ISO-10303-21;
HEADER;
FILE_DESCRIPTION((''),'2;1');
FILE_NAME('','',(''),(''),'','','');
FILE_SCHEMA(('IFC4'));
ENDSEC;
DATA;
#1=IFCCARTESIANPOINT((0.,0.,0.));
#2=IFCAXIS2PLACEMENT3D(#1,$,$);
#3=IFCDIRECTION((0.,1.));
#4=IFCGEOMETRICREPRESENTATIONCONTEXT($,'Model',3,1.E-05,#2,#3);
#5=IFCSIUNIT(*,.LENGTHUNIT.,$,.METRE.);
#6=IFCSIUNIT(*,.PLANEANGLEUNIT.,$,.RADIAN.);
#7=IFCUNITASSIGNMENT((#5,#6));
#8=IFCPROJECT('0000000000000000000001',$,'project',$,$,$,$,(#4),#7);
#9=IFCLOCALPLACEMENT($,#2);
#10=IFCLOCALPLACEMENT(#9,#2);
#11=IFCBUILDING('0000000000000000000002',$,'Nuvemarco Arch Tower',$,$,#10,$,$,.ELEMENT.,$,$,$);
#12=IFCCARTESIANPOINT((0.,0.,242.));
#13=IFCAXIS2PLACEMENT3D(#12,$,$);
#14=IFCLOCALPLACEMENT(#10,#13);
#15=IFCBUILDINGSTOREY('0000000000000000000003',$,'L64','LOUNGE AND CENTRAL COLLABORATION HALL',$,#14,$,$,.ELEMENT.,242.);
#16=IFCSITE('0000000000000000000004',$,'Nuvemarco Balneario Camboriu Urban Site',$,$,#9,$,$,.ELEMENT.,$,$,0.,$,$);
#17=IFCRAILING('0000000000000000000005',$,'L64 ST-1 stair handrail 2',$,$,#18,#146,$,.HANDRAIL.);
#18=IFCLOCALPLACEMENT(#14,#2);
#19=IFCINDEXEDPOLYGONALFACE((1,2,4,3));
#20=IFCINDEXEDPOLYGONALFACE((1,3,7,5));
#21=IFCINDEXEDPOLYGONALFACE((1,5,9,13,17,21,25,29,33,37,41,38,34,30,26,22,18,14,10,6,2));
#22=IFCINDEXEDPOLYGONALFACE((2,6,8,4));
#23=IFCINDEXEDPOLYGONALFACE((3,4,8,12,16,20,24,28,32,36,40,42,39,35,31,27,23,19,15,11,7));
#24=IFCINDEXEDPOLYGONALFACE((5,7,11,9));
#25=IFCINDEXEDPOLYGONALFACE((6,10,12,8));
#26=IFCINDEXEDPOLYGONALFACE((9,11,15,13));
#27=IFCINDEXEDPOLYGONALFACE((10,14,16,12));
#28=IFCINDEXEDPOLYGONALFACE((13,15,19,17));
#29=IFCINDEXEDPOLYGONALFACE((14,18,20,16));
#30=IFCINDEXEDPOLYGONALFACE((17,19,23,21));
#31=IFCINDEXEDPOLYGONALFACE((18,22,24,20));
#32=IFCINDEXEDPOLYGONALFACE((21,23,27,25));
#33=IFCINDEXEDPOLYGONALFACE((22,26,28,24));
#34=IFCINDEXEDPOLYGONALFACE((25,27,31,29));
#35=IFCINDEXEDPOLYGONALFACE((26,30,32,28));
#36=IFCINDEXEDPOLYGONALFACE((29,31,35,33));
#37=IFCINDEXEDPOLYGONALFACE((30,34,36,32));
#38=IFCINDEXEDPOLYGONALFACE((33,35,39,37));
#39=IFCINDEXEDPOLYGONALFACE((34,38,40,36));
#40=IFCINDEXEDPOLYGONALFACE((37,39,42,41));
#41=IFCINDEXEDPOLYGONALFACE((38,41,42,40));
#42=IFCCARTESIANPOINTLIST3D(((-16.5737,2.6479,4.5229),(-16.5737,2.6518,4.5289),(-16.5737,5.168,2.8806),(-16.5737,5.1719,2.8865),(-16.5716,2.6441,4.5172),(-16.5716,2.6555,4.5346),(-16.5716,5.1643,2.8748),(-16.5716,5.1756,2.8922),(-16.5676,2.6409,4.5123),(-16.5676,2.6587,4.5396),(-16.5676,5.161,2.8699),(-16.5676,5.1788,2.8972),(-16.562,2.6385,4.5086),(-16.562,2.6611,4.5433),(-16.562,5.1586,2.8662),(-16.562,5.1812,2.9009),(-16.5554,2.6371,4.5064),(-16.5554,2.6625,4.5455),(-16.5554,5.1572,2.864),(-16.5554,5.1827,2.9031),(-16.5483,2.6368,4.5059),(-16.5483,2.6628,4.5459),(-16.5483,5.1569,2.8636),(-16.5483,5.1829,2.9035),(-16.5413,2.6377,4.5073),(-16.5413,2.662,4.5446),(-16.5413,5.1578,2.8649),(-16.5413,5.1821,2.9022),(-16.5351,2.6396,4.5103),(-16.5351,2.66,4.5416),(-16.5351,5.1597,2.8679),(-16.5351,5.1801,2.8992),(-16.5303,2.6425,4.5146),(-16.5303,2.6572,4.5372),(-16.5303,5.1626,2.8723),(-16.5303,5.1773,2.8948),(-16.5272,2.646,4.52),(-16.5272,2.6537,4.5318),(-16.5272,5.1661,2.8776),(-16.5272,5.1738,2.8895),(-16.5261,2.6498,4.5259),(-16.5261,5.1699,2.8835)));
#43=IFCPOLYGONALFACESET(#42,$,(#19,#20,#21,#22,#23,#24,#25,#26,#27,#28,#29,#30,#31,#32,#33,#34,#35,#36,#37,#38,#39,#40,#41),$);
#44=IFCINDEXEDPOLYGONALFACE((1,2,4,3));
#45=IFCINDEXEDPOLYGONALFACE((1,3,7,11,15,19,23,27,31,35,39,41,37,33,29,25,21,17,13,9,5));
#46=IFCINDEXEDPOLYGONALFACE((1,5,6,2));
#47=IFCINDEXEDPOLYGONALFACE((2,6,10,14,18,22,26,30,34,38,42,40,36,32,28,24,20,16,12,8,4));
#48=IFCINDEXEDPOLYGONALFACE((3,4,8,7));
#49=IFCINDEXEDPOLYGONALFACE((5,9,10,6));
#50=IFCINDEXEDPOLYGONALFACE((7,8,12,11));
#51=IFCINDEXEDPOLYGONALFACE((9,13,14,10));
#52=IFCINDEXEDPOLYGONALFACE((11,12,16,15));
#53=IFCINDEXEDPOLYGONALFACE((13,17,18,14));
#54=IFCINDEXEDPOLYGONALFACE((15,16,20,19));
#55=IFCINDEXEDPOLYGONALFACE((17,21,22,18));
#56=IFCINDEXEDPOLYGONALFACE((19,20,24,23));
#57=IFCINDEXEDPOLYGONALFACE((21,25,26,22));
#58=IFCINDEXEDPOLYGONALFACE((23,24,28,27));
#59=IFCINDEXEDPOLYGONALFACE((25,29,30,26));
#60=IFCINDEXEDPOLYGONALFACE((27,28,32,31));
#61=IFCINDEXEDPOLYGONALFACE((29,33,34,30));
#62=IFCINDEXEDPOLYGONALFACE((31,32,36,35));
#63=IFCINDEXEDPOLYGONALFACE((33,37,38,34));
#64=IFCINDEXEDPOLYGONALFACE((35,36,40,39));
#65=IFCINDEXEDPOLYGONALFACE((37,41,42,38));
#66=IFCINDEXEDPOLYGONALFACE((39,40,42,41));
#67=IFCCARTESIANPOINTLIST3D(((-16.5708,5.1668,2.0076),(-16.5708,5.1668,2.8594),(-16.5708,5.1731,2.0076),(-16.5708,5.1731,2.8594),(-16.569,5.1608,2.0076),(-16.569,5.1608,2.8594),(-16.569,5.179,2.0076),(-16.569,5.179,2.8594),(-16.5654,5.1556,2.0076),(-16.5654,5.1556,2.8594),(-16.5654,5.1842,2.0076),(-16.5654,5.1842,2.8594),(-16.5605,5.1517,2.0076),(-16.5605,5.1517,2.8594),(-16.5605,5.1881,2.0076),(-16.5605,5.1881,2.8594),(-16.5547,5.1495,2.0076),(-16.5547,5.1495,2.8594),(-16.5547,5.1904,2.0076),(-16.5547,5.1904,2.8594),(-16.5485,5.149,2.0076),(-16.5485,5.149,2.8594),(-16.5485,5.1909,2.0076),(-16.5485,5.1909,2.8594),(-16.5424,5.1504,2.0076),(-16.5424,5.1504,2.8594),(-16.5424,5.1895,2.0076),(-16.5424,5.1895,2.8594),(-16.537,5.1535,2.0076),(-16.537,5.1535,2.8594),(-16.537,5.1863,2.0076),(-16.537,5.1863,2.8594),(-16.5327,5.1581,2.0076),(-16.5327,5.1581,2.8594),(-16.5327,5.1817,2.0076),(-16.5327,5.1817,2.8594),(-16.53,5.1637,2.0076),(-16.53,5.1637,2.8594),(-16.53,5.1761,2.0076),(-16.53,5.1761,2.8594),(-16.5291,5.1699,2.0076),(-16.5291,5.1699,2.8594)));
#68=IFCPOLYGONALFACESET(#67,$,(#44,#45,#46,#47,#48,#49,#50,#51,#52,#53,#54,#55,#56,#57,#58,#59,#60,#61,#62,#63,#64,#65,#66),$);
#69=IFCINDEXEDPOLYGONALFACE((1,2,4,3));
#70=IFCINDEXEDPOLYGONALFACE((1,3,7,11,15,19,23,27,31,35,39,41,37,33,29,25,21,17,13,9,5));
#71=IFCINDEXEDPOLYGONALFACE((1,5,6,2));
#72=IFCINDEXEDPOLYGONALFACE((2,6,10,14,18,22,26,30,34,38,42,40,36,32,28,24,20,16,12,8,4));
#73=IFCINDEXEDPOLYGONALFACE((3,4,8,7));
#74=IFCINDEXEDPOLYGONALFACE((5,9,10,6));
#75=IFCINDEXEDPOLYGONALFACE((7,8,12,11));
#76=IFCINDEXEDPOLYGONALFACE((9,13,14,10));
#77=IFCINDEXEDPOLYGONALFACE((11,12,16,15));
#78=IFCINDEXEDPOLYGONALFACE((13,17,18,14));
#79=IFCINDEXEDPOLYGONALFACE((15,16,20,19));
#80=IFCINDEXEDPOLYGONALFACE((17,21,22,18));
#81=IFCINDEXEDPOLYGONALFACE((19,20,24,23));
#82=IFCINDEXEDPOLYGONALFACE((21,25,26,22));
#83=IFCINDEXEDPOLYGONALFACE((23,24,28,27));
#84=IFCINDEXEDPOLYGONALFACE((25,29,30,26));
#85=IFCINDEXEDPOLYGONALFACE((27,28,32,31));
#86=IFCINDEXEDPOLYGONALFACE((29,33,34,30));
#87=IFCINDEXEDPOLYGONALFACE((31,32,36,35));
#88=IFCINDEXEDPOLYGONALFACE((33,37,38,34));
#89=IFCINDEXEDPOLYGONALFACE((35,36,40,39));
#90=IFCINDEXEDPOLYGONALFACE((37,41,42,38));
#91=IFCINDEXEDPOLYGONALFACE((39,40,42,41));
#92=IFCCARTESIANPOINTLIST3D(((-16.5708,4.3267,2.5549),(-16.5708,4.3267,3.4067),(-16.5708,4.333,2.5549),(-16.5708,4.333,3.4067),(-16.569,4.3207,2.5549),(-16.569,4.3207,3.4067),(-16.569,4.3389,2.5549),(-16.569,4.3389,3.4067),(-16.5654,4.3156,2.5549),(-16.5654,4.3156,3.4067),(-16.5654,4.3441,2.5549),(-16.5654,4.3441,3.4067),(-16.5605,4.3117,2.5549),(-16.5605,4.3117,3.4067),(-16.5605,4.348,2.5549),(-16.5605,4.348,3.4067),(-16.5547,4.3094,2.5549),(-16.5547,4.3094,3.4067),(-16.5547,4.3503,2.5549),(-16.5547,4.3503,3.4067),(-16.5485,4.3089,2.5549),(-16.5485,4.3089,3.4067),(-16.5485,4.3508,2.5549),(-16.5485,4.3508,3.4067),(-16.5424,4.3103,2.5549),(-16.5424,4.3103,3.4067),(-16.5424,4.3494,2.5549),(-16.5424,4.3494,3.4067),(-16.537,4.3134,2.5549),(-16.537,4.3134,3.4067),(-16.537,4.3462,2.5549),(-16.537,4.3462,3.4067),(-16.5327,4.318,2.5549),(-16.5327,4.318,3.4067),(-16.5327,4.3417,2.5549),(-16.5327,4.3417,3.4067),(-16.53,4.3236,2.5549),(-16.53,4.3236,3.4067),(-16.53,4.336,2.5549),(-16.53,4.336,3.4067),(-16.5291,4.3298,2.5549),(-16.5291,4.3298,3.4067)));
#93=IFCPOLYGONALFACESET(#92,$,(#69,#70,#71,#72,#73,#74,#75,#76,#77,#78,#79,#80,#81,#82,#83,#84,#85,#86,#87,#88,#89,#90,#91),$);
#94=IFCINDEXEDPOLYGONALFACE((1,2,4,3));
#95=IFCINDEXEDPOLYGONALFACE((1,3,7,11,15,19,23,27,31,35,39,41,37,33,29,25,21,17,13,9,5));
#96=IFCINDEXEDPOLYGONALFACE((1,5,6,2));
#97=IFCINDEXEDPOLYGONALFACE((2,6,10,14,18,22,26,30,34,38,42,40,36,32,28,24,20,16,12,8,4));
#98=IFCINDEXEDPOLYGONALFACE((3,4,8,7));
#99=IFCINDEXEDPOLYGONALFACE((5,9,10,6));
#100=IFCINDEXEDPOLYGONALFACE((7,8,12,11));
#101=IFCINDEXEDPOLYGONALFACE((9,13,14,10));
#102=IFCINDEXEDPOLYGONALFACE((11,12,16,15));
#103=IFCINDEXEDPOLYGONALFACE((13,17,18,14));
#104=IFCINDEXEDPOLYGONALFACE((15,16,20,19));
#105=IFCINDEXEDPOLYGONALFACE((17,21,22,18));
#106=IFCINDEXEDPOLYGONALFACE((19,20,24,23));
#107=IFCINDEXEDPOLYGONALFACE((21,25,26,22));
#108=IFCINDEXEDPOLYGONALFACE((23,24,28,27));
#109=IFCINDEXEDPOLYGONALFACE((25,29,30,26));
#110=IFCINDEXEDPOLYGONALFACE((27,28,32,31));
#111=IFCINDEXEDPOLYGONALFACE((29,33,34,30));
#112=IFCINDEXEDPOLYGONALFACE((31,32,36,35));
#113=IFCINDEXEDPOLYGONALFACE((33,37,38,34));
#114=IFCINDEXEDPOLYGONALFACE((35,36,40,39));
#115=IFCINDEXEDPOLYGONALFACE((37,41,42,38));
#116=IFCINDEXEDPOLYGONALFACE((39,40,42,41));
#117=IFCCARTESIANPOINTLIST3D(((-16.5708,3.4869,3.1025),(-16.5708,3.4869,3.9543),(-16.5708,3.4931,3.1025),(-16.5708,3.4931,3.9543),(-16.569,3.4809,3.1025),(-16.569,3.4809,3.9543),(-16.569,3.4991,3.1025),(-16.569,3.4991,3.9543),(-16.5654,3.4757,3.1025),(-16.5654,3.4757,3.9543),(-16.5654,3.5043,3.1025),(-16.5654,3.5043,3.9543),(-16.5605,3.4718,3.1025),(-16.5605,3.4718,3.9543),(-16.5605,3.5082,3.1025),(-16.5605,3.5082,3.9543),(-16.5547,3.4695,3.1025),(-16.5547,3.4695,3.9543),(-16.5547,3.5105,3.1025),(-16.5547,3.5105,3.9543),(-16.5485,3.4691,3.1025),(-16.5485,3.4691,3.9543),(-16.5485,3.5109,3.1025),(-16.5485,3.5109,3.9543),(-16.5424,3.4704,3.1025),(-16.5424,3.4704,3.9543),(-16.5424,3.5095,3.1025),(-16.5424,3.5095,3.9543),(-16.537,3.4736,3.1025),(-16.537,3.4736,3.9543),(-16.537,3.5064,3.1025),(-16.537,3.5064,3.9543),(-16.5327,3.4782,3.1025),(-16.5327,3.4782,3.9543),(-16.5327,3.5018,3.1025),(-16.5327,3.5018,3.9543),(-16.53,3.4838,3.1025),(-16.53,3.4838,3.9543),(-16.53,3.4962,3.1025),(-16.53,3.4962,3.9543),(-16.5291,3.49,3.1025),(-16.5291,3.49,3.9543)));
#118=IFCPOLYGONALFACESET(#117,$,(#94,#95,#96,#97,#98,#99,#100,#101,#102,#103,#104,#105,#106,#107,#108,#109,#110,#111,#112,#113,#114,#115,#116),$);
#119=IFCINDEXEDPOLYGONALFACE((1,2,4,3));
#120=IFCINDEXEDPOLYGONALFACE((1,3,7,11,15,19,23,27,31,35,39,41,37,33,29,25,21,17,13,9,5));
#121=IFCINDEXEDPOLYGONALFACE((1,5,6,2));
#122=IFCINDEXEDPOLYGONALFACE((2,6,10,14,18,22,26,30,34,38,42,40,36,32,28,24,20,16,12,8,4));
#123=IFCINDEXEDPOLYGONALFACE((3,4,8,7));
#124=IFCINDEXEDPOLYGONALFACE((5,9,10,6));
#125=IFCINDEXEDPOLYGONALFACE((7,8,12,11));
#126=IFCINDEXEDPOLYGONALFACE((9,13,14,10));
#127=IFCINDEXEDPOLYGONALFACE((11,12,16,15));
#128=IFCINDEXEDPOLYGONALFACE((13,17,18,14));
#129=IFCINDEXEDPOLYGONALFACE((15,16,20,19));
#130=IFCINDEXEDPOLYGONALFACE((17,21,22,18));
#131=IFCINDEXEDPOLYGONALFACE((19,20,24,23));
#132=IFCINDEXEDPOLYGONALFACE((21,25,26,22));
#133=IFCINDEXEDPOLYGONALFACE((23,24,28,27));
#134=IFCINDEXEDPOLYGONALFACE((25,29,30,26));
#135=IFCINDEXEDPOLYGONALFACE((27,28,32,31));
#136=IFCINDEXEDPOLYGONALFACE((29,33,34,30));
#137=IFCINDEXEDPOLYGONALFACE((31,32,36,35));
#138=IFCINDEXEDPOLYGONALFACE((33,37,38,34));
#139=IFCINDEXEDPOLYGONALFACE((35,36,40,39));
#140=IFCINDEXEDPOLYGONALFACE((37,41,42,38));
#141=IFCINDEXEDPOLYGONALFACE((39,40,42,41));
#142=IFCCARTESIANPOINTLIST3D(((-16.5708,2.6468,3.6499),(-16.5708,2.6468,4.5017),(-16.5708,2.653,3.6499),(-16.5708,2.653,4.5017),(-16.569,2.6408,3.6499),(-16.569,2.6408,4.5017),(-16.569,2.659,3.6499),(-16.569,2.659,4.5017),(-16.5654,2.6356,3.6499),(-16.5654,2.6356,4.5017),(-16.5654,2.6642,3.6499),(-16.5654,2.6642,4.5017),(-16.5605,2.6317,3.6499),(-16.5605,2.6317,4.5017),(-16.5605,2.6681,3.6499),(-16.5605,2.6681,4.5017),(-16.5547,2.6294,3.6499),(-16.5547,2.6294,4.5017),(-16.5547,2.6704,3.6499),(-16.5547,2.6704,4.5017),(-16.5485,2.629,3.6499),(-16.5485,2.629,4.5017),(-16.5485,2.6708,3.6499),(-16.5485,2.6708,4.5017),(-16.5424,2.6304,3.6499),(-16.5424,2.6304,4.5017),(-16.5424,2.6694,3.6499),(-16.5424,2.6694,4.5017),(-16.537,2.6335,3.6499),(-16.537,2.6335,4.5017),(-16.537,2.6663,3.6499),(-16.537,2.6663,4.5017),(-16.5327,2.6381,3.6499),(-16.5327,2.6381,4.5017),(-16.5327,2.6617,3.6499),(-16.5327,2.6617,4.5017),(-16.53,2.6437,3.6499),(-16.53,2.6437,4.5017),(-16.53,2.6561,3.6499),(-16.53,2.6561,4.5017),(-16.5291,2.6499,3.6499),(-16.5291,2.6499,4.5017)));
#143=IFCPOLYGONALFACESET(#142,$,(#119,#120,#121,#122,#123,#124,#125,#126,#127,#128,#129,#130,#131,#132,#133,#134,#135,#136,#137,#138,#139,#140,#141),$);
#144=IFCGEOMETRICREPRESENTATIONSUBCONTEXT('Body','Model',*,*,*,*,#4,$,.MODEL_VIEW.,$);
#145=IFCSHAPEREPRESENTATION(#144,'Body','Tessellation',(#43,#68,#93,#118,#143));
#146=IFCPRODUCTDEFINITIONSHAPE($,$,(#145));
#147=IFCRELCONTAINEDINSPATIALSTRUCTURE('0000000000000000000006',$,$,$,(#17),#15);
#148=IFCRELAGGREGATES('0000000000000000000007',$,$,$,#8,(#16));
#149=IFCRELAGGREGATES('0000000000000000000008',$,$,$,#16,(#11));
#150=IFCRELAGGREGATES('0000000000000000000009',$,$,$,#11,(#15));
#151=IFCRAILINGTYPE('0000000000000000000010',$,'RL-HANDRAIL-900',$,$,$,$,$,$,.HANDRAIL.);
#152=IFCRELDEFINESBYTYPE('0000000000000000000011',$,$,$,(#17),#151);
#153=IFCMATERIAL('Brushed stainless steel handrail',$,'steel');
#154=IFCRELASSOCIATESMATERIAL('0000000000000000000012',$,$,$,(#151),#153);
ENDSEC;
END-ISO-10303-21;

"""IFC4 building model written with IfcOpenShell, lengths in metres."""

from ifc_helpers import new_model, si_unit, direction, frame, origin, origin_2d, place, context, subcontext, project, spatial, circle, extrude, material, type_object, element, save


model = new_model("IFC4")

# Units and contexts
model_context = context("Model", 3, precision=1e-05, world=origin(), true_north=direction((0.0, 1.0)))
body_context = subcontext(model_context, "Body", "Model", "MODEL_VIEW")
ifc_project = project(units=[si_unit("LENGTHUNIT", "METRE"), si_unit("PLANEANGLEUNIT", "RADIAN")], contexts=[model_context])

# Site, building, storey
site_placement = place(None, origin())
site = spatial("IfcSite", under=ifc_project, at=site_placement, Name="Nuvemarco Balneario Camboriu Urban Site", CompositionType="ELEMENT", RefElevation=0.0)
building_placement = place(site_placement, origin())
building = spatial("IfcBuilding", under=site, at=building_placement, Name="Nuvemarco Arch Tower", CompositionType="ELEMENT")
storey_placement = place(building_placement, frame((0.0, 0.0, 242.0)))
storey = spatial("IfcBuildingStorey", under=building, at=storey_placement, Name="L64", Description="LOUNGE AND CENTRAL COLLABORATION HALL", CompositionType="ELEMENT", Elevation=242.0)

# Railing
ifc_material_1 = material(Name="Brushed stainless steel handrail", Category="steel")
railing_type_1 = type_object("IfcRailingType", Name="RL-HANDRAIL-900", PredefinedType="HANDRAIL", material=ifc_material_1)
railing_1_placement = place(storey_placement, frame((-16.55, 5.1699, 2.0076)))
element("IfcRailing", 1, at=railing_1_placement, inside=storey, type_object=railing_type_1, Name="L64 ST-1 stair handrail 2", PredefinedType="HANDRAIL", context=body_context, shape_type="SweptSolid", body=[
    extrude(circle(Radius=0.0239, at=origin_2d()), frame((0.0, 0.0, 0.876), z_axis=(0.0, -0.837787, 0.545998), x_axis=(1.0, 0.0, 0.0)), (0.0, 0.0, 1.0), 3.0081),
    extrude(circle(Radius=0.021, at=origin_2d()), origin(), (0.0, 0.0, 1.0), 0.8518),
    extrude(circle(Radius=0.021, at=origin_2d()), frame((0.0, -0.8401, 0.5474)), (0.0, 0.0, 1.0), 0.8518),
    extrude(circle(Radius=0.021, at=origin_2d()), frame((0.0, -1.6799, 1.095)), (0.0, 0.0, 1.0), 0.8518),
    extrude(circle(Radius=0.021, at=origin_2d()), frame((0.0, -2.52, 1.6423)), (0.0, 0.0, 1.0), 0.8518),
])

save(model, "model.ifc")
